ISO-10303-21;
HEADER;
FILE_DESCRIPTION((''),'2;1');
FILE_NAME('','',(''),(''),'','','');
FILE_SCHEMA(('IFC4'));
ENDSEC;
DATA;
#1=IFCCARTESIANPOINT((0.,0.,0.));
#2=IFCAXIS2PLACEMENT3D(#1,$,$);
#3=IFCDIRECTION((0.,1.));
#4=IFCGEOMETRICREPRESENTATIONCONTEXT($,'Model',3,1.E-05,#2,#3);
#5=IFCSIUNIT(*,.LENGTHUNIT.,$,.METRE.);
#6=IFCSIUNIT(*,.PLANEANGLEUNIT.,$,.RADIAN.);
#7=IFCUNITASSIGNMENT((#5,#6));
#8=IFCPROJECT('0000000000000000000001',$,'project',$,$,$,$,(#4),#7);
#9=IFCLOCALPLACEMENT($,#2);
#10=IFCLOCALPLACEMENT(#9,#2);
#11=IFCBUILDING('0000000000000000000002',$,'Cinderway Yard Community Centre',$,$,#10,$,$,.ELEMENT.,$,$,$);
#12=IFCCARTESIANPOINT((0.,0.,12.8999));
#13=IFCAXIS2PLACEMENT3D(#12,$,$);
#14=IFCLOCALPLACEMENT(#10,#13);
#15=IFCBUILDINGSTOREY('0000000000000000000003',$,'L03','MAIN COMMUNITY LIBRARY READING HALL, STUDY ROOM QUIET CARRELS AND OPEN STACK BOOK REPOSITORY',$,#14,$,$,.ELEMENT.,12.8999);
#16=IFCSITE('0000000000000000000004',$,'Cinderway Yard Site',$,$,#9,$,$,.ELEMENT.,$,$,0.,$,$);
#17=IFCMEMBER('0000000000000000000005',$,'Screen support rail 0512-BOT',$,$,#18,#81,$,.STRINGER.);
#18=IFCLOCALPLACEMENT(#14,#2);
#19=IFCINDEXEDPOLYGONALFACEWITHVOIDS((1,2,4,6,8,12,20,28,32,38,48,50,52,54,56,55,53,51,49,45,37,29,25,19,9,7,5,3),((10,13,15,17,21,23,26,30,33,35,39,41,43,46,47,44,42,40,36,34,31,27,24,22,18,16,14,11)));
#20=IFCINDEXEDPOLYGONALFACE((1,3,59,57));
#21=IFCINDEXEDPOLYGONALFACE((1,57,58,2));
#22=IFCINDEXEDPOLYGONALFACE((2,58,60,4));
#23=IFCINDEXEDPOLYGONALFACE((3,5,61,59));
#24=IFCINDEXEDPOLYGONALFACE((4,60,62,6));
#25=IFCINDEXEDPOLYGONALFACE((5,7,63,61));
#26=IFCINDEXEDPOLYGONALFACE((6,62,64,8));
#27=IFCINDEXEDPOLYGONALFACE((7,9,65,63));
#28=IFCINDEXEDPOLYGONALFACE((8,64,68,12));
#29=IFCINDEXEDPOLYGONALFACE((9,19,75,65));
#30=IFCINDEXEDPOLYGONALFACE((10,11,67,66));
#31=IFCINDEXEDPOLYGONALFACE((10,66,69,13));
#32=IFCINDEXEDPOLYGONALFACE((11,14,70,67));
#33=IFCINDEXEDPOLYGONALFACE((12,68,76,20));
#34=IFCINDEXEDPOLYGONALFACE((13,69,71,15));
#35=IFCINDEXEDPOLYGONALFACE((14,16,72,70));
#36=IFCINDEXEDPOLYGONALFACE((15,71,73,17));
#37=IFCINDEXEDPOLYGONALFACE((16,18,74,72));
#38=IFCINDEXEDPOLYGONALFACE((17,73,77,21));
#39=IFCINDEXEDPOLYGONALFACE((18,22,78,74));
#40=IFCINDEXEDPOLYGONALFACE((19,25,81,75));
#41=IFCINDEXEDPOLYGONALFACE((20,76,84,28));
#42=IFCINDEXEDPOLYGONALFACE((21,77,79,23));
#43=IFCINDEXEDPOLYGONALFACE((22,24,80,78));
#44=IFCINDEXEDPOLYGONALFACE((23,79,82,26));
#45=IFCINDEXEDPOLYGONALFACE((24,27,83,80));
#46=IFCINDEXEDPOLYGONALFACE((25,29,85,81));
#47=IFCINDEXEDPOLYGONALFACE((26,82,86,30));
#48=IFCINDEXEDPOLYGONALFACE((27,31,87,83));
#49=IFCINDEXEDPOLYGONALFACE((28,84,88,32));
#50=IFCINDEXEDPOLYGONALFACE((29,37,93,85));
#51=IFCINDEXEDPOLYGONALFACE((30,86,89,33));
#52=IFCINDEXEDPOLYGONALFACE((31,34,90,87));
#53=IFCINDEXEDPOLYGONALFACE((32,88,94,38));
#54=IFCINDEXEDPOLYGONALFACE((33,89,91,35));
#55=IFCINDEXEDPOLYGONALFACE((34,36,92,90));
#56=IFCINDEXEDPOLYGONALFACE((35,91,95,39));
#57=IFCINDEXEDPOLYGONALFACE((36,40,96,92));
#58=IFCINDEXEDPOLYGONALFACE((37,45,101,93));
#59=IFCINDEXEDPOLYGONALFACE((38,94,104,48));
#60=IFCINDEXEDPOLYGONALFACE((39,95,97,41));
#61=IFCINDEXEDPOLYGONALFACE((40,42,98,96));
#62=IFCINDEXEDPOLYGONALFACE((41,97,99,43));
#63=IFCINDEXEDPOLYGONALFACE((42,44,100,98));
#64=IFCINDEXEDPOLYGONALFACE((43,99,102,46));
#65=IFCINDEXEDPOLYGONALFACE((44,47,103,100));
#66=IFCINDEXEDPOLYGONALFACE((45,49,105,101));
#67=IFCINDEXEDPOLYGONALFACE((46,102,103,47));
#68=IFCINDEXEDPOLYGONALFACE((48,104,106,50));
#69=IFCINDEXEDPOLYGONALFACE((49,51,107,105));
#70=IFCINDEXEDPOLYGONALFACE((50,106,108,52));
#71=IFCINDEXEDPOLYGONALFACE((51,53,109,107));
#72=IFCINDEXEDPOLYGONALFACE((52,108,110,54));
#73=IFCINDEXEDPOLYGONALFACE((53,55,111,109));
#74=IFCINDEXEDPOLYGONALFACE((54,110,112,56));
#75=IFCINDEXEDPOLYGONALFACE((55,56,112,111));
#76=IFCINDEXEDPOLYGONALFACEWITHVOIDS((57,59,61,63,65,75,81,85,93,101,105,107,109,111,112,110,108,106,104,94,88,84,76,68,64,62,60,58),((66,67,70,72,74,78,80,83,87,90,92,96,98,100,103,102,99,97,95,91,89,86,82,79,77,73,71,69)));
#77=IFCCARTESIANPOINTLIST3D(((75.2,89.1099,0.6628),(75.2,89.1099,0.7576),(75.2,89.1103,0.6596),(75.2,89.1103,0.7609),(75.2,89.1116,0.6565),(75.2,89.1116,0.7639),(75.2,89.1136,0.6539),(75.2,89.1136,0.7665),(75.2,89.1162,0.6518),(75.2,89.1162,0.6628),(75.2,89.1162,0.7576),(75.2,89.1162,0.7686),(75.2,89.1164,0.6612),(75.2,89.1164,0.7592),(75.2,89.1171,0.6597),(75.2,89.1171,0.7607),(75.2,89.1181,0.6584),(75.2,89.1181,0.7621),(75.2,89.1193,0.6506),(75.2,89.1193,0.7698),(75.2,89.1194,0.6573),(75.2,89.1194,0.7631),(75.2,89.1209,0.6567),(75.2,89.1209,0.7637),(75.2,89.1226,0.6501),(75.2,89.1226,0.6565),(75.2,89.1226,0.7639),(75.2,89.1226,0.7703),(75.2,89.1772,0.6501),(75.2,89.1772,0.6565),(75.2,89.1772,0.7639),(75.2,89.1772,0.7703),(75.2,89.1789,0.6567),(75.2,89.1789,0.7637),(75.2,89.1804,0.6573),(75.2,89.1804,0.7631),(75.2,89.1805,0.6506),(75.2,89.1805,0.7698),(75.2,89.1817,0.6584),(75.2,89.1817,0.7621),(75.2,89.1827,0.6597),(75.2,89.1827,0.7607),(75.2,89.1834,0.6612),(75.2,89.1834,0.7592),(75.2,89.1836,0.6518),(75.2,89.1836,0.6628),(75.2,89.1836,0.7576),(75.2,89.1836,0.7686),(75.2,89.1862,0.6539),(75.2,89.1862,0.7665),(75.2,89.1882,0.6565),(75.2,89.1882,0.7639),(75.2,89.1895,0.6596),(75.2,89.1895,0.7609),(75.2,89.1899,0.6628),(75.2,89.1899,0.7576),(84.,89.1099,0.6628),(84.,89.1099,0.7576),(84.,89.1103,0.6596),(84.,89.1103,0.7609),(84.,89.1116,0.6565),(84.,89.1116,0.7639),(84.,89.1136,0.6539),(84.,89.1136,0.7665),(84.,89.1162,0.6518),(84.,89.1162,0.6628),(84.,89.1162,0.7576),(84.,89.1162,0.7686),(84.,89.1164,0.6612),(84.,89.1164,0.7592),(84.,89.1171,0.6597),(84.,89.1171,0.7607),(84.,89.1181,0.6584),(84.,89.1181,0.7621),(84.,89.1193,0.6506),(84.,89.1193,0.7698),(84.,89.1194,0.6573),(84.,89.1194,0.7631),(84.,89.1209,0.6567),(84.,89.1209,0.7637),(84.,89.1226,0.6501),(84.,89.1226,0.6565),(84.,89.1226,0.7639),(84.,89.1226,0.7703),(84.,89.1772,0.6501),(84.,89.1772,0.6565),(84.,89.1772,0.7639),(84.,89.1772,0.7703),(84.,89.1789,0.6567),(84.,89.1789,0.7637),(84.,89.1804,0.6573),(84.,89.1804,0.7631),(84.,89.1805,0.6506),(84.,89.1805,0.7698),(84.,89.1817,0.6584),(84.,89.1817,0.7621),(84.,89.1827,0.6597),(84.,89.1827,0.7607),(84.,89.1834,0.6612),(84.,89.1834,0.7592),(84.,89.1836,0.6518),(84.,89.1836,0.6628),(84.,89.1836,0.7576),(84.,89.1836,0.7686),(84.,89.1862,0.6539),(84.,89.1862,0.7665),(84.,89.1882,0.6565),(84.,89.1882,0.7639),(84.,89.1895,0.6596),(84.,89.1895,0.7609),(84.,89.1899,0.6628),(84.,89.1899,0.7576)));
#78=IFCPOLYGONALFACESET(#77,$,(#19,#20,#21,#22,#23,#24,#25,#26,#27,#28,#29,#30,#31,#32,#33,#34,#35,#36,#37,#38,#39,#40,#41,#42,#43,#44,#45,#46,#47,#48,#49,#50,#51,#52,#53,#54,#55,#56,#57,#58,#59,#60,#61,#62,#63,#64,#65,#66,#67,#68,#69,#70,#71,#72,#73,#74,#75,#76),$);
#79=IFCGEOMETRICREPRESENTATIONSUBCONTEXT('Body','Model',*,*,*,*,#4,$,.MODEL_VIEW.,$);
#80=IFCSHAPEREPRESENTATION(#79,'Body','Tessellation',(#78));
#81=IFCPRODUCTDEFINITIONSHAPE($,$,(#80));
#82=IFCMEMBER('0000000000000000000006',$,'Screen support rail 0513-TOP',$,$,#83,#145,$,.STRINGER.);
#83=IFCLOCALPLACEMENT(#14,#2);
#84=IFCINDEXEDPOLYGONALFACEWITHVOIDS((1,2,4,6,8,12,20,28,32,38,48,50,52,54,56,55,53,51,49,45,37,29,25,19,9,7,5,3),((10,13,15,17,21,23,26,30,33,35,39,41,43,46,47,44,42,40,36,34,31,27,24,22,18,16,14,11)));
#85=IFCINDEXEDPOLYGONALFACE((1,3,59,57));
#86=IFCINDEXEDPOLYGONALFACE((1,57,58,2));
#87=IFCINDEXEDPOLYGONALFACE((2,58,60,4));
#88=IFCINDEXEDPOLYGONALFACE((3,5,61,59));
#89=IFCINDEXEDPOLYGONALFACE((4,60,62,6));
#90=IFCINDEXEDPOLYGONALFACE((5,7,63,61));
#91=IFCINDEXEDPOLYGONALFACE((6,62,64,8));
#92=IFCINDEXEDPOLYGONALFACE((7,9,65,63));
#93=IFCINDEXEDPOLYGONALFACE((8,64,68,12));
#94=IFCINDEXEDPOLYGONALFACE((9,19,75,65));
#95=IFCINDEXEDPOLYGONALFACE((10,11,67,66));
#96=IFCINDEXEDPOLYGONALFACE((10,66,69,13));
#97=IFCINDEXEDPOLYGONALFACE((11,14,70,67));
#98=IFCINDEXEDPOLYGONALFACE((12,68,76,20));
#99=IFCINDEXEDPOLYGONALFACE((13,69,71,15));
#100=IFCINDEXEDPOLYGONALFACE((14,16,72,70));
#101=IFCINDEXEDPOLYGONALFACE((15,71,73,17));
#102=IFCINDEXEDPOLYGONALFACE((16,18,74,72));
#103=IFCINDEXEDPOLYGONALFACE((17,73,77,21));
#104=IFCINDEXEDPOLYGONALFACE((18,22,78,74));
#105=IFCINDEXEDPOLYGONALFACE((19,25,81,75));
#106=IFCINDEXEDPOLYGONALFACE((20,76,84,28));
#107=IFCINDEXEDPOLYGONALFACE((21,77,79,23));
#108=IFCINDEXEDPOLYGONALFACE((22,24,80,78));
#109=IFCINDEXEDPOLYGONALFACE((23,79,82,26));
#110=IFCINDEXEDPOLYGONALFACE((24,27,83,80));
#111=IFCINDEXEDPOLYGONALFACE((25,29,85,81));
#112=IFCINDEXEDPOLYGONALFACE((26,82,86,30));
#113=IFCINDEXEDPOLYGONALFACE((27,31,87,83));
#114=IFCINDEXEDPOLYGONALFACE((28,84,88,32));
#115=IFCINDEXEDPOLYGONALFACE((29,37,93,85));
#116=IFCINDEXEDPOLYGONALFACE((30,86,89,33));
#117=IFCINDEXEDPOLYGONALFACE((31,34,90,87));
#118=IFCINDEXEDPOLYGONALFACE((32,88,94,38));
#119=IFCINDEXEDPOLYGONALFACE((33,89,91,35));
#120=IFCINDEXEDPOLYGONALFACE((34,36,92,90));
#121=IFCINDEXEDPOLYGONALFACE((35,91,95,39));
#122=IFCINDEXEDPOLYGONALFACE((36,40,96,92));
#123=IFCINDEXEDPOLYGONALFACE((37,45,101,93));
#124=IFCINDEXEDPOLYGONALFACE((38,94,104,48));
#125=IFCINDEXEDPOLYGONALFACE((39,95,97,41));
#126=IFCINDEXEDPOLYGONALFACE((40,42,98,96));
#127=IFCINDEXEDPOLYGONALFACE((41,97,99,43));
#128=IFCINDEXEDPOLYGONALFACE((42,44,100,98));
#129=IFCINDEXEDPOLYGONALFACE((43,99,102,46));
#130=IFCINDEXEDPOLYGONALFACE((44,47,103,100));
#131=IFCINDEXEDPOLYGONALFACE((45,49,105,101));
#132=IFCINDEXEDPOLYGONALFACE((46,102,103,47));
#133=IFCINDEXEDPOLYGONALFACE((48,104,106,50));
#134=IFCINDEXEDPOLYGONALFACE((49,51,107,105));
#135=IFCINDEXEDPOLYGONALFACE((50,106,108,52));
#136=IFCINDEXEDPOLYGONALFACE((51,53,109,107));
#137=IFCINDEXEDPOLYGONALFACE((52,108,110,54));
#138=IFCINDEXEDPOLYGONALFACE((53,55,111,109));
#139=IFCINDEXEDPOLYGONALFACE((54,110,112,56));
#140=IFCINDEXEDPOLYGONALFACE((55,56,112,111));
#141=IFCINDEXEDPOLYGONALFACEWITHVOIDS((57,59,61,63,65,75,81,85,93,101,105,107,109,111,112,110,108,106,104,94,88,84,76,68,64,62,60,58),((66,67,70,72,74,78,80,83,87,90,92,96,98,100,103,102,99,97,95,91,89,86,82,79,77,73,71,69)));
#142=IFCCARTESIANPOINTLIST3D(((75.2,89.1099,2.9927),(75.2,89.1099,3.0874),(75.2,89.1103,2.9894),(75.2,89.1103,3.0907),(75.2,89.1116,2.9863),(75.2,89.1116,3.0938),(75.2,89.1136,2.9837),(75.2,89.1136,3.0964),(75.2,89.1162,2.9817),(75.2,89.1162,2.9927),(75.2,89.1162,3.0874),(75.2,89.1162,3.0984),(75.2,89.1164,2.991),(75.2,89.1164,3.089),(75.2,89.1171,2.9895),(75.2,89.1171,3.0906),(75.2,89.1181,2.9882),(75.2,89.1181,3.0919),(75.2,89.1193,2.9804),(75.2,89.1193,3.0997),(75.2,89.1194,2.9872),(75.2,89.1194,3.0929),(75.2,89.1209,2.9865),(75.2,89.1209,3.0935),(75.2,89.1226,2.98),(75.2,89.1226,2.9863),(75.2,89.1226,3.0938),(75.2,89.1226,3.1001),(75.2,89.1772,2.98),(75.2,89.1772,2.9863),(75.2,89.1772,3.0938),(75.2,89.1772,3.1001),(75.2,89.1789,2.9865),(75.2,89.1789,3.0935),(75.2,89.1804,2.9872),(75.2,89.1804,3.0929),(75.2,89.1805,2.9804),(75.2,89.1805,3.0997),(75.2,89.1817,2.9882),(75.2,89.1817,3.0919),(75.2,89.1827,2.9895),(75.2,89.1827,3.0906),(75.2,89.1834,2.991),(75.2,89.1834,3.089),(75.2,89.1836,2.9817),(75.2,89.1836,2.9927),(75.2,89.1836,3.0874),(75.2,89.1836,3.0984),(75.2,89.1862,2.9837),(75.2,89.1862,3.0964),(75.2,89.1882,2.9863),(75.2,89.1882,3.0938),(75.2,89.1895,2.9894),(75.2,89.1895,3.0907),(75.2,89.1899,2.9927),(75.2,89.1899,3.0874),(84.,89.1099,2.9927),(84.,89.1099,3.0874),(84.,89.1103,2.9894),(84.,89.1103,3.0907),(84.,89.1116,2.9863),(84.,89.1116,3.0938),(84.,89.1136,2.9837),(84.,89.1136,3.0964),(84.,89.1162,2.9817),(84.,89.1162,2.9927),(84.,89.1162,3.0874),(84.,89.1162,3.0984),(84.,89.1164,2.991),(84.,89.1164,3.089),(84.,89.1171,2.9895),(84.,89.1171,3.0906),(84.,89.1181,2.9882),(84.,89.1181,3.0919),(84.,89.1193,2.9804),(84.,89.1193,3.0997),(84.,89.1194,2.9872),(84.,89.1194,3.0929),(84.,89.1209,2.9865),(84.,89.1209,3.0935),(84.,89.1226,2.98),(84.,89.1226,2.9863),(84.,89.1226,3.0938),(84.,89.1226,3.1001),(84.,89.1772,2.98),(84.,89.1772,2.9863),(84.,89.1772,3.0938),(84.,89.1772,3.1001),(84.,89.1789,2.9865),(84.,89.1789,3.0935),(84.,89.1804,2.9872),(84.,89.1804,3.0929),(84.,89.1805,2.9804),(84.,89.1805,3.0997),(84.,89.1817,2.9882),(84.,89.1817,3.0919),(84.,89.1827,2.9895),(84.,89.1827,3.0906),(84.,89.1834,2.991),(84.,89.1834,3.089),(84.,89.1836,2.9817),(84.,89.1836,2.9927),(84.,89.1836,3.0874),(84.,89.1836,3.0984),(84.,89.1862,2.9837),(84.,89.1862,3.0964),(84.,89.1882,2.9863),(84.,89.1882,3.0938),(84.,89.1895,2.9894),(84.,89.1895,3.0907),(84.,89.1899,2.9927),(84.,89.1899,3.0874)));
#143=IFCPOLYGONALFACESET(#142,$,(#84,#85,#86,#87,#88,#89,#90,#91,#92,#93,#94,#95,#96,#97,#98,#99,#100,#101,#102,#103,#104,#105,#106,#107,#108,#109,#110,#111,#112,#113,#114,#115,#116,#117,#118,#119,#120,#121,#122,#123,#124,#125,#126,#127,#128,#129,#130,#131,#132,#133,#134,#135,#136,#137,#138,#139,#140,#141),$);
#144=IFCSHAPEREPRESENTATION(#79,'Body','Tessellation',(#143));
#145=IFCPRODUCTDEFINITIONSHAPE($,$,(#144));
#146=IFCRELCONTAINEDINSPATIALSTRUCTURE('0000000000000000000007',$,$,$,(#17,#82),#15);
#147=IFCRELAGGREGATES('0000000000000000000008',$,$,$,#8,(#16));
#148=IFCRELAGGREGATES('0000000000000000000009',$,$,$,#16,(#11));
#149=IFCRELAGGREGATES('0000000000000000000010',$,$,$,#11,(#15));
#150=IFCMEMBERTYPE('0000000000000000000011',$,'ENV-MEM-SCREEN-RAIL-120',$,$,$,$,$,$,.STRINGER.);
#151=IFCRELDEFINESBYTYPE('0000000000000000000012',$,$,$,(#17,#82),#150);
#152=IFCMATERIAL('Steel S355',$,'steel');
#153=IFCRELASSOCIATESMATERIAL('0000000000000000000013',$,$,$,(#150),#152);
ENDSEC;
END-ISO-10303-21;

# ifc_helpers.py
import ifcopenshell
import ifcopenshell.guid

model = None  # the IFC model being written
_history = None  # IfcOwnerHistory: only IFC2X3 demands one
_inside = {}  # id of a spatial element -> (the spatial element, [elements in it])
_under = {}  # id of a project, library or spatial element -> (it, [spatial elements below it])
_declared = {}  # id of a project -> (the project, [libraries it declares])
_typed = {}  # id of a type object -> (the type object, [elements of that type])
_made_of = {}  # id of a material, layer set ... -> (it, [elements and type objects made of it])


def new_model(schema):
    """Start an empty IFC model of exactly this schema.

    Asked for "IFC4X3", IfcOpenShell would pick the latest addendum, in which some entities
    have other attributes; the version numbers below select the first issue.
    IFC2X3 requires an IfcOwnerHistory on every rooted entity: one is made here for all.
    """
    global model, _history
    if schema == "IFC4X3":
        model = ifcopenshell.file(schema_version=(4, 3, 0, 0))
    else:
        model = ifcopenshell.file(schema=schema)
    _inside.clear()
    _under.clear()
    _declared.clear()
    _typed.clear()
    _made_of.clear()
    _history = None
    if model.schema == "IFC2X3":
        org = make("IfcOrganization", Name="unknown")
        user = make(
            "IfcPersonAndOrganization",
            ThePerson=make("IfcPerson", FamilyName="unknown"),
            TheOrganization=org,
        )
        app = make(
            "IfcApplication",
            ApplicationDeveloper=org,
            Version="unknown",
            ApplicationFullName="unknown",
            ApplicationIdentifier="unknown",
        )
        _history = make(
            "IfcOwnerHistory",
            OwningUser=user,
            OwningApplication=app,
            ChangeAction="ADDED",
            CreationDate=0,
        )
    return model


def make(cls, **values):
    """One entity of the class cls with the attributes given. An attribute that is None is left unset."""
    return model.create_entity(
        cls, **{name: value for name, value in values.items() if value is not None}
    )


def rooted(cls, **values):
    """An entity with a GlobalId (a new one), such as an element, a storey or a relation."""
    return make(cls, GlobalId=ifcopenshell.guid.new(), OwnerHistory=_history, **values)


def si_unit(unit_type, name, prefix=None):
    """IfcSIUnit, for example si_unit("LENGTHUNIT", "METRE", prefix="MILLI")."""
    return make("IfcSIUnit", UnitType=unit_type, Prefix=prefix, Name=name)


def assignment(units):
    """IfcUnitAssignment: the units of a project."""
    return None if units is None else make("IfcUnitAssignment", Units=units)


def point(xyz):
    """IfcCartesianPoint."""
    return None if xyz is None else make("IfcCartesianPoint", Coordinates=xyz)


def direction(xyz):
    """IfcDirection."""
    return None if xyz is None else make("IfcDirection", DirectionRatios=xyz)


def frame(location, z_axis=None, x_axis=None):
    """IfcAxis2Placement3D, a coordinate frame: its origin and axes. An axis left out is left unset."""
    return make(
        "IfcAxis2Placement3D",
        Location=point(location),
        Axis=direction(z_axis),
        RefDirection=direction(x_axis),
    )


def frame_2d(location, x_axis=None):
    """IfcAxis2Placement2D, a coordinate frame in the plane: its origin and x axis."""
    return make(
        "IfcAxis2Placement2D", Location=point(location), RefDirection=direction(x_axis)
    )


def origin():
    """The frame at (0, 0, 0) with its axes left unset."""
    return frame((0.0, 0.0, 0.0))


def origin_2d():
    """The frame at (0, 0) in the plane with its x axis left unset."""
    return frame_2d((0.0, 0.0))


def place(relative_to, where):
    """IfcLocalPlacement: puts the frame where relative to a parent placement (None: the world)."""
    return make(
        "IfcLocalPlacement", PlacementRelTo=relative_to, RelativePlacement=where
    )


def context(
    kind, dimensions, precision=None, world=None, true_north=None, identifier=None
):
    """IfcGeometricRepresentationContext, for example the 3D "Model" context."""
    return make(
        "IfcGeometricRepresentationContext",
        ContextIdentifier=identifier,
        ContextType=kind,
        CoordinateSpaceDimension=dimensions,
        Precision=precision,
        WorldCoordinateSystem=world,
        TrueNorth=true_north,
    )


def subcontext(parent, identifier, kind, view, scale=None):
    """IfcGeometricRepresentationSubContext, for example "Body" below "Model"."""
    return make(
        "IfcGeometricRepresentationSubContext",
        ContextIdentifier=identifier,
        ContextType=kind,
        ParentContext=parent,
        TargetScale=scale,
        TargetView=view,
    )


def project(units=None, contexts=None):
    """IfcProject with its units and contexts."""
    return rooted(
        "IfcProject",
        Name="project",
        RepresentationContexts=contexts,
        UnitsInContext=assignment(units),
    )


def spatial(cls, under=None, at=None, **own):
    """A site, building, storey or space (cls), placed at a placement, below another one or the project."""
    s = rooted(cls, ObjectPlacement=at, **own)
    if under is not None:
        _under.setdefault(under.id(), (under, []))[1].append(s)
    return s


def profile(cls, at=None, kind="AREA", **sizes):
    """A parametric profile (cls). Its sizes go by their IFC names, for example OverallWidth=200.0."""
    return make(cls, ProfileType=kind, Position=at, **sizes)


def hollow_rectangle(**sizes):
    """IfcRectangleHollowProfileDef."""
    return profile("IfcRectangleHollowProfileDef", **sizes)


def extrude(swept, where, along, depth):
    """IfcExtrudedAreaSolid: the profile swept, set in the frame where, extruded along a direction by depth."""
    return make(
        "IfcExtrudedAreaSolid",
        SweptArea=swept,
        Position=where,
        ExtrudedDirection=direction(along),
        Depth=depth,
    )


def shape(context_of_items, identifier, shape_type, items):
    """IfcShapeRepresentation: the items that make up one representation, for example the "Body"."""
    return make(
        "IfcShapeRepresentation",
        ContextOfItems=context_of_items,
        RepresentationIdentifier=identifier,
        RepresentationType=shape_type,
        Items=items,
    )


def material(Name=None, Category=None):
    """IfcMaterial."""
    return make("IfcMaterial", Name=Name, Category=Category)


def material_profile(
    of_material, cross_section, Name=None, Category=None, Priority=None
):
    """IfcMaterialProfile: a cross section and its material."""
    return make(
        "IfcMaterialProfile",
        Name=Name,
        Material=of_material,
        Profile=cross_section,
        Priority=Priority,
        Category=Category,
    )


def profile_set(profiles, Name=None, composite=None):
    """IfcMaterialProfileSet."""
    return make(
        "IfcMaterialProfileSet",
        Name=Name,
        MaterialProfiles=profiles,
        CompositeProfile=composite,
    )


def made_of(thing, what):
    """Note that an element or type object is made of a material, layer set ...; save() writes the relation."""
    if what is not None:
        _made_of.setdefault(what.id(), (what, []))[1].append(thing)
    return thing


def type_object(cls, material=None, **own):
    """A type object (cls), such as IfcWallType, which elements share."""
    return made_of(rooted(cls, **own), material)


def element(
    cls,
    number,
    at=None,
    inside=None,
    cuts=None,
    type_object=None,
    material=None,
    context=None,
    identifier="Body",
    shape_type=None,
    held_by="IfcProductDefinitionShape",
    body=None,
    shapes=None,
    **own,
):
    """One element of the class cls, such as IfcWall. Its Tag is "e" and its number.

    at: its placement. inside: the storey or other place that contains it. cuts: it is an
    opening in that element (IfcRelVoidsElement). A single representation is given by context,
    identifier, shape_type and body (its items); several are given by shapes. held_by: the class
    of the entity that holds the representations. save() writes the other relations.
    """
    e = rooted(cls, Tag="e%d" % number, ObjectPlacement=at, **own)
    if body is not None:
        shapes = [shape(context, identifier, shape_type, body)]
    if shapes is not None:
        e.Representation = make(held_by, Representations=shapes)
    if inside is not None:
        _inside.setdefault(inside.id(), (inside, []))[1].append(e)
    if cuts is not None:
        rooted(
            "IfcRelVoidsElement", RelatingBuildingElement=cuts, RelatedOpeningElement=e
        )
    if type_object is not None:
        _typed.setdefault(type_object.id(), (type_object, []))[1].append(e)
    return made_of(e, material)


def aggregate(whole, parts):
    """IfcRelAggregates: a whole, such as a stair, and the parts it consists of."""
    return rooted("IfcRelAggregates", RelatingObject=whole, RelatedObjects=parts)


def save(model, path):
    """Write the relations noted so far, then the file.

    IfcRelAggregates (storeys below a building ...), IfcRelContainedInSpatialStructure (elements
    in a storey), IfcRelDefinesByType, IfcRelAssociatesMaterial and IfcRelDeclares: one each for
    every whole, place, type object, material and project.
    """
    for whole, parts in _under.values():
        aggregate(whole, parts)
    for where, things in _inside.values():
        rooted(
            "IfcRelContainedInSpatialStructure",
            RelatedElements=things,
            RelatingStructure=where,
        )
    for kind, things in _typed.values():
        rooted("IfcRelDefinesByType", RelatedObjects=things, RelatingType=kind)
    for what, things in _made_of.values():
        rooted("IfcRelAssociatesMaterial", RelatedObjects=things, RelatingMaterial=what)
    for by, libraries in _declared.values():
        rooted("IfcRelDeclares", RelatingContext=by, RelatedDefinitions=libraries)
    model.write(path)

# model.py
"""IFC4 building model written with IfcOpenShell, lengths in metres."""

from ifc_helpers import new_model, si_unit, direction, frame, origin, origin_2d, place, context, subcontext, project, spatial, hollow_rectangle, extrude, material, material_profile, profile_set, type_object, element, save


model = new_model("IFC4")

# Units and contexts
model_context = context("Model", 3, precision=1e-05, world=origin(), true_north=direction((0.0, 1.0)))
body_context = subcontext(model_context, "Body", "Model", "MODEL_VIEW")
ifc_project = project(units=[si_unit("LENGTHUNIT", "METRE"), si_unit("PLANEANGLEUNIT", "RADIAN")], contexts=[model_context])

# Site, building, storey
site_placement = place(None, origin())
site = spatial("IfcSite", under=ifc_project, at=site_placement, Name="Cinderway Yard Site", CompositionType="ELEMENT", RefElevation=0.0)
building_placement = place(site_placement, origin())
building = spatial("IfcBuilding", under=site, at=building_placement, Name="Cinderway Yard Community Centre", CompositionType="ELEMENT")
storey_placement = place(building_placement, frame((0.0, 0.0, 12.8999)))
storey = spatial("IfcBuildingStorey", under=building, at=storey_placement, Name="L03", Description="MAIN COMMUNITY LIBRARY READING HALL, STUDY ROOM QUIET CARRELS AND OPEN STACK BOOK REPOSITORY", CompositionType="ELEMENT", Elevation=12.8999)

# Members
ifc_material_1 = material(Name="Steel S355", Category="steel")
ifc_material_profile = material_profile(ifc_material_1, hollow_rectangle(XDim=0.0801, YDim=0.1201, WallThickness=0.0063, InnerFilletRadius=0.0063, OuterFilletRadius=0.0127, at=origin_2d()), Name="Steel S355")
ifc_profile_set = profile_set([ifc_material_profile], Name="Steel S355")
member_type = type_object("IfcMemberType", Name="ENV-MEM-SCREEN-RAIL-120", PredefinedType="STRINGER", material=ifc_profile_set)
for number, where, z_axis, x_axis, name in (
    (1, (75.2, 89.1499, 0.7102), (1.0, 0.0, 0.0), (0.0, 1.0, 0.0), "Screen support rail 0512-BOT"),
    (2, (75.2, 89.1499, 3.04), (1.0, 0.0, 0.0), (0.0, 1.0, 0.0), "Screen support rail 0513-TOP"),
):
    element("IfcMember", number, at=place(storey_placement, frame(where, z_axis=z_axis, x_axis=x_axis)), inside=storey, type_object=member_type, Name=name, PredefinedType="STRINGER", context=body_context, shape_type="SweptSolid", body=[
        extrude(hollow_rectangle(XDim=0.0801, YDim=0.1201, WallThickness=0.0063, InnerFilletRadius=0.0063, OuterFilletRadius=0.0127, at=origin_2d()), origin(), (0.0, 0.0, 1.0), 8.8),
    ])

save(model, "model.ifc")
